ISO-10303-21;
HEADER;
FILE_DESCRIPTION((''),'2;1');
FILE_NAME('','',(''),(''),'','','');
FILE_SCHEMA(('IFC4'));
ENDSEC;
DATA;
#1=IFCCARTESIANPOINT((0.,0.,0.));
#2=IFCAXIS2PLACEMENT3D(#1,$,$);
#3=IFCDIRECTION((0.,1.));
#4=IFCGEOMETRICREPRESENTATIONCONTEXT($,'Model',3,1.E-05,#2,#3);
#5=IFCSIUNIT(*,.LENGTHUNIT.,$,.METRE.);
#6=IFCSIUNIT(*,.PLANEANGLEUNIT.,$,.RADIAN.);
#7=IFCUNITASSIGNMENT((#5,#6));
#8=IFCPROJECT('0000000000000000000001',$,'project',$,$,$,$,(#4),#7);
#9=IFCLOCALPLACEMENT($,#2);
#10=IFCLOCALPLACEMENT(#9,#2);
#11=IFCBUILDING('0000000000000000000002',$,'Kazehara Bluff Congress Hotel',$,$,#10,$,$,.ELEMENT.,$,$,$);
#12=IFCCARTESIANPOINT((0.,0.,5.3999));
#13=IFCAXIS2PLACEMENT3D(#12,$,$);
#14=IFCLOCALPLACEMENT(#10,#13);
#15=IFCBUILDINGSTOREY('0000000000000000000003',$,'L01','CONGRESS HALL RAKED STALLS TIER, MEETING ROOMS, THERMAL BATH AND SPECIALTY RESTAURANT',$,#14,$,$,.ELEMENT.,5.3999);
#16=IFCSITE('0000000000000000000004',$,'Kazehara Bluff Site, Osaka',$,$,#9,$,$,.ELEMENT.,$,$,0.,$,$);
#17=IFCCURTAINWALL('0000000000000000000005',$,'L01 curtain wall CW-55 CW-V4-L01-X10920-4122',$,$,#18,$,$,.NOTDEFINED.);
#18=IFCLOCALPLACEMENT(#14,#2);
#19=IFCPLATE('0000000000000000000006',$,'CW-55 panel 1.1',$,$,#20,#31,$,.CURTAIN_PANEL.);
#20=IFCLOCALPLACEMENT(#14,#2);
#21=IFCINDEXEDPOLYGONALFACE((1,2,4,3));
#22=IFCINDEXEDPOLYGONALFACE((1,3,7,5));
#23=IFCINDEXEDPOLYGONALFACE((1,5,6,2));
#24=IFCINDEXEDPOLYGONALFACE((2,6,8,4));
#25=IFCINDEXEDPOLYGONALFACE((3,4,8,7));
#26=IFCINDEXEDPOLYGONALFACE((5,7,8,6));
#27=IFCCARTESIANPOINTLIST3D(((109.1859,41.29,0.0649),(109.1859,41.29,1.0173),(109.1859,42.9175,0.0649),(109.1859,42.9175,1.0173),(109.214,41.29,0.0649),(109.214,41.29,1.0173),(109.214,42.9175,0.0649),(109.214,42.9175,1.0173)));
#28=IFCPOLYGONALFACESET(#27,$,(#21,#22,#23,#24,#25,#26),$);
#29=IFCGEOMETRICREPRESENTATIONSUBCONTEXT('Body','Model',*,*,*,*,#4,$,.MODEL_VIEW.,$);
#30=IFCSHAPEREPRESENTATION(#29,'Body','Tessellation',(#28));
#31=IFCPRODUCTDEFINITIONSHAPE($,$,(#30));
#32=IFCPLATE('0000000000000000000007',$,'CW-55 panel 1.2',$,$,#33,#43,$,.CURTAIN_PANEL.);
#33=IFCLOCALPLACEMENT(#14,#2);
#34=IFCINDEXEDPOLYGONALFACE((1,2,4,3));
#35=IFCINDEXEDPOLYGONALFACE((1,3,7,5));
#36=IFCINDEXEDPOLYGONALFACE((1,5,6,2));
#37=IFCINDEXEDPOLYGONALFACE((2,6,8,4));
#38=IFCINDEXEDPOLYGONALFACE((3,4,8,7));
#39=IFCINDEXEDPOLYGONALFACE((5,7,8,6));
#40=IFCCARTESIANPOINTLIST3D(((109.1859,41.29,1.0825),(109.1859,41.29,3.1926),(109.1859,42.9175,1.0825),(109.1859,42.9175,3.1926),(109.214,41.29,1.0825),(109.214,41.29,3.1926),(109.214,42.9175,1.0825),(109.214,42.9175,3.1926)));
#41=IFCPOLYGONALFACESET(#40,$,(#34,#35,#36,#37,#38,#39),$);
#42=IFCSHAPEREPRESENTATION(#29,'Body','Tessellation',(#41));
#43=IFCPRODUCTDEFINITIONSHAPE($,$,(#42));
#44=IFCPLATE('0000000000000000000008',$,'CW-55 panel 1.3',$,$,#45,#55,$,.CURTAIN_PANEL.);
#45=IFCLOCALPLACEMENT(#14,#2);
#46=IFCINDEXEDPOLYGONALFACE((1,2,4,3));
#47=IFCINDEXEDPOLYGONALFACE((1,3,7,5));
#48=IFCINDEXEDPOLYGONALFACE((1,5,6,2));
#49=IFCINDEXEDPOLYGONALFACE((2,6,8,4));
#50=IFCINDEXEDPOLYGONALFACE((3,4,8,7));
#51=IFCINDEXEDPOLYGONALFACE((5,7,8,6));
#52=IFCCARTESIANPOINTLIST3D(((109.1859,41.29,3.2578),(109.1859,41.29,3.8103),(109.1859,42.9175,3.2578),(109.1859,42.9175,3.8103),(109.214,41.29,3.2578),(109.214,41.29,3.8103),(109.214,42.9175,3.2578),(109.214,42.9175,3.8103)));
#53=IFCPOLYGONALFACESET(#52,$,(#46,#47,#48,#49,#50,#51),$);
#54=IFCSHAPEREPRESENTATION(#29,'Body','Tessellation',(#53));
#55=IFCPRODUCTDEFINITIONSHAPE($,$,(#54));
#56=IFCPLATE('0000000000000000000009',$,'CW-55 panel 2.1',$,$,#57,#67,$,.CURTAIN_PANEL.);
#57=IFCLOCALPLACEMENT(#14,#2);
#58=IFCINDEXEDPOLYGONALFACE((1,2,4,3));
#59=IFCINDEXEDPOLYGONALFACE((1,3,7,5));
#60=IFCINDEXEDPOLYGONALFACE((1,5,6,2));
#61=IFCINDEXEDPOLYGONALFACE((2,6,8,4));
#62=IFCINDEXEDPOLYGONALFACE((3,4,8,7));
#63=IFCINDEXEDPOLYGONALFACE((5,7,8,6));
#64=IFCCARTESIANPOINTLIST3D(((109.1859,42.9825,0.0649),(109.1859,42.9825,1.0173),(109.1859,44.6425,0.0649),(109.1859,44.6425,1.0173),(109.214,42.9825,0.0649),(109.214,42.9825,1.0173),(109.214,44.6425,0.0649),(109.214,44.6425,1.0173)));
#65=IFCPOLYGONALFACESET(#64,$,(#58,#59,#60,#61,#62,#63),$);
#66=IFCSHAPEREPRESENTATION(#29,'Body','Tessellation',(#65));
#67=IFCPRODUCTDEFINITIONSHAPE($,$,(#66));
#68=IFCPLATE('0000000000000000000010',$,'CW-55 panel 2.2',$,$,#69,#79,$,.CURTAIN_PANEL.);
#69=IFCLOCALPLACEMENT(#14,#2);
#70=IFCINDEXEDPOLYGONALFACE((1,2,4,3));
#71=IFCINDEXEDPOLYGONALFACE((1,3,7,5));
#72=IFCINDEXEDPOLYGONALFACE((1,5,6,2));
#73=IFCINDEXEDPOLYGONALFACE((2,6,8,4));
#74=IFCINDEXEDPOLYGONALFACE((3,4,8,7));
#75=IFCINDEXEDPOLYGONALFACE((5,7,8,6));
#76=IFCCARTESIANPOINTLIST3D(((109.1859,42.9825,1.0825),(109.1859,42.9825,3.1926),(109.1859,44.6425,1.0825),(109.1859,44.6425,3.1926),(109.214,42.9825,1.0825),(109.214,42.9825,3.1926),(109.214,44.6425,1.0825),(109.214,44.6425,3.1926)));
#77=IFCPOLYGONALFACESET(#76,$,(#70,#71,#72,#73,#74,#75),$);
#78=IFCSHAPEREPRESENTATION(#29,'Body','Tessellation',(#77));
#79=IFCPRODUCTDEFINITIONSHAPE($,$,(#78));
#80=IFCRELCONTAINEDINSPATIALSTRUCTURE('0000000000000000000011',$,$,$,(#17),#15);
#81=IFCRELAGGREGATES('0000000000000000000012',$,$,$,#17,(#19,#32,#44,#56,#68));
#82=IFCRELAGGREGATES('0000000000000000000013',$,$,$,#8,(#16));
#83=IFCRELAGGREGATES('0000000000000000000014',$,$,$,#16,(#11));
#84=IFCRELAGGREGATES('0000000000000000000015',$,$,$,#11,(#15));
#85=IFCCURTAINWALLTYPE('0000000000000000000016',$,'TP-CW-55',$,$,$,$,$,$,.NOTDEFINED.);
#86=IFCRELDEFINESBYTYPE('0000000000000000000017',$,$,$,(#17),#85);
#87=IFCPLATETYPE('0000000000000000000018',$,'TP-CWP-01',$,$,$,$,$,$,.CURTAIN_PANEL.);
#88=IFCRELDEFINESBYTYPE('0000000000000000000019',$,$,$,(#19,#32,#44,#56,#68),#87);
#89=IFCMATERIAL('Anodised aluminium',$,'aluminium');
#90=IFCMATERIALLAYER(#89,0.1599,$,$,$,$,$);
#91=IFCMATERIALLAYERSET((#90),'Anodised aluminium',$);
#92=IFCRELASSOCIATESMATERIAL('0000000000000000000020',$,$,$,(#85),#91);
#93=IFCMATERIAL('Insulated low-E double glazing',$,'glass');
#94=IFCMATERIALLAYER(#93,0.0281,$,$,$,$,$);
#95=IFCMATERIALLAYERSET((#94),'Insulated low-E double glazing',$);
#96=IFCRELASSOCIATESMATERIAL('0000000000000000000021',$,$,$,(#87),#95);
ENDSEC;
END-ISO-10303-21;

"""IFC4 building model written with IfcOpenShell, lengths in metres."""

from ifc_helpers import new_model, si_unit, direction, frame, origin, origin_2d, place, context, subcontext, project, spatial, rectangle, extrude, material, layer, layer_set, type_object, element, aggregate, save


model = new_model("IFC4")

# Units and contexts
model_context = context("Model", 3, precision=1e-05, world=origin(), true_north=direction((0.0, 1.0)))
body_context = subcontext(model_context, "Body", "Model", "MODEL_VIEW")
ifc_project = project(units=[si_unit("LENGTHUNIT", "METRE"), si_unit("PLANEANGLEUNIT", "RADIAN")], contexts=[model_context])

# Site, building, storey
site_placement = place(None, origin())
site = spatial("IfcSite", under=ifc_project, at=site_placement, Name="Kazehara Bluff Site, Osaka", CompositionType="ELEMENT", RefElevation=0.0)
building_placement = place(site_placement, origin())
building = spatial("IfcBuilding", under=site, at=building_placement, Name="Kazehara Bluff Congress Hotel", CompositionType="ELEMENT")
storey_placement = place(building_placement, frame((0.0, 0.0, 5.3999)))
storey = spatial("IfcBuildingStorey", under=building, at=storey_placement, Name="L01", Description="CONGRESS HALL RAKED STALLS TIER, MEETING ROOMS, THERMAL BATH AND SPECIALTY RESTAURANT", CompositionType="ELEMENT", Elevation=5.3999)

# Curtain wall
ifc_material_1 = material(Name="Anodised aluminium", Category="aluminium")
ifc_layer_1 = layer(ifc_material_1, 0.1599)
ifc_layer_set_1 = layer_set([ifc_layer_1], Name="Anodised aluminium")
curtain_wall_type_1 = type_object("IfcCurtainWallType", Name="TP-CW-55", PredefinedType="NOTDEFINED", material=ifc_layer_set_1)
curtain_wall_1_placement = place(storey_placement, origin())
curtain_wall_1 = element("IfcCurtainWall", 1, at=curtain_wall_1_placement, inside=storey, type_object=curtain_wall_type_1, Name="L01 curtain wall CW-55 CW-V4-L01-X10920-4122", PredefinedType="NOTDEFINED")

# Plates
ifc_material_2 = material(Name="Insulated low-E double glazing", Category="glass")
ifc_layer_2 = layer(ifc_material_2, 0.0281)
ifc_layer_set_2 = layer_set([ifc_layer_2], Name="Insulated low-E double glazing")
plate_type = type_object("IfcPlateType", Name="TP-CWP-01", PredefinedType="CURTAIN_PANEL", material=ifc_layer_set_2)
plate_1_placement = place(storey_placement, frame((109.2, 42.1038, 0.0649), z_axis=(0.0, 0.0, 1.0), x_axis=(0.0, 1.0, 0.0)))
plate_1 = element("IfcPlate", 2, at=plate_1_placement, type_object=plate_type, Name="CW-55 panel 1.1", PredefinedType="CURTAIN_PANEL", context=body_context, shape_type="SweptSolid", body=[
    extrude(rectangle(XDim=1.6274, YDim=0.0281, at=origin_2d()), origin(), (0.0, 0.0, 1.0), 0.9524),
])
plate_2_placement = place(storey_placement, frame((109.2, 42.1038, 1.0825), z_axis=(0.0, 0.0, 1.0), x_axis=(0.0, 1.0, 0.0)))
plate_2 = element("IfcPlate", 3, at=plate_2_placement, type_object=plate_type, Name="CW-55 panel 1.2", PredefinedType="CURTAIN_PANEL", context=body_context, shape_type="SweptSolid", body=[
    extrude(rectangle(XDim=1.6274, YDim=0.0281, at=origin_2d()), origin(), (0.0, 0.0, 1.0), 2.1101),
])
plate_3_placement = place(storey_placement, frame((109.2, 42.1038, 3.2578), z_axis=(0.0, 0.0, 1.0), x_axis=(0.0, 1.0, 0.0)))
plate_3 = element("IfcPlate", 4, at=plate_3_placement, type_object=plate_type, Name="CW-55 panel 1.3", PredefinedType="CURTAIN_PANEL", context=body_context, shape_type="SweptSolid", body=[
    extrude(rectangle(XDim=1.6274, YDim=0.0281, at=origin_2d()), origin(), (0.0, 0.0, 1.0), 0.5525),
])
plate_4_placement = place(storey_placement, frame((109.2, 43.8125, 0.0649), z_axis=(0.0, 0.0, 1.0), x_axis=(0.0, 1.0, 0.0)))
plate_4 = element("IfcPlate", 5, at=plate_4_placement, type_object=plate_type, Name="CW-55 panel 2.1", PredefinedType="CURTAIN_PANEL", context=body_context, shape_type="SweptSolid", body=[
    extrude(rectangle(XDim=1.6599, YDim=0.0281, at=origin_2d()), origin(), (0.0, 0.0, 1.0), 0.9524),
])
plate_5_placement = place(storey_placement, frame((109.2, 43.8125, 1.0825), z_axis=(0.0, 0.0, 1.0), x_axis=(0.0, 1.0, 0.0)))
plate_5 = element("IfcPlate", 6, at=plate_5_placement, type_object=plate_type, Name="CW-55 panel 2.2", PredefinedType="CURTAIN_PANEL", context=body_context, shape_type="SweptSolid", body=[
    extrude(rectangle(XDim=1.6599, YDim=0.0281, at=origin_2d()), origin(), (0.0, 0.0, 1.0), 2.1101),
])
aggregate(curtain_wall_1, [plate_1, plate_2, plate_3, plate_4, plate_5])

save(model, "model.ifc")
